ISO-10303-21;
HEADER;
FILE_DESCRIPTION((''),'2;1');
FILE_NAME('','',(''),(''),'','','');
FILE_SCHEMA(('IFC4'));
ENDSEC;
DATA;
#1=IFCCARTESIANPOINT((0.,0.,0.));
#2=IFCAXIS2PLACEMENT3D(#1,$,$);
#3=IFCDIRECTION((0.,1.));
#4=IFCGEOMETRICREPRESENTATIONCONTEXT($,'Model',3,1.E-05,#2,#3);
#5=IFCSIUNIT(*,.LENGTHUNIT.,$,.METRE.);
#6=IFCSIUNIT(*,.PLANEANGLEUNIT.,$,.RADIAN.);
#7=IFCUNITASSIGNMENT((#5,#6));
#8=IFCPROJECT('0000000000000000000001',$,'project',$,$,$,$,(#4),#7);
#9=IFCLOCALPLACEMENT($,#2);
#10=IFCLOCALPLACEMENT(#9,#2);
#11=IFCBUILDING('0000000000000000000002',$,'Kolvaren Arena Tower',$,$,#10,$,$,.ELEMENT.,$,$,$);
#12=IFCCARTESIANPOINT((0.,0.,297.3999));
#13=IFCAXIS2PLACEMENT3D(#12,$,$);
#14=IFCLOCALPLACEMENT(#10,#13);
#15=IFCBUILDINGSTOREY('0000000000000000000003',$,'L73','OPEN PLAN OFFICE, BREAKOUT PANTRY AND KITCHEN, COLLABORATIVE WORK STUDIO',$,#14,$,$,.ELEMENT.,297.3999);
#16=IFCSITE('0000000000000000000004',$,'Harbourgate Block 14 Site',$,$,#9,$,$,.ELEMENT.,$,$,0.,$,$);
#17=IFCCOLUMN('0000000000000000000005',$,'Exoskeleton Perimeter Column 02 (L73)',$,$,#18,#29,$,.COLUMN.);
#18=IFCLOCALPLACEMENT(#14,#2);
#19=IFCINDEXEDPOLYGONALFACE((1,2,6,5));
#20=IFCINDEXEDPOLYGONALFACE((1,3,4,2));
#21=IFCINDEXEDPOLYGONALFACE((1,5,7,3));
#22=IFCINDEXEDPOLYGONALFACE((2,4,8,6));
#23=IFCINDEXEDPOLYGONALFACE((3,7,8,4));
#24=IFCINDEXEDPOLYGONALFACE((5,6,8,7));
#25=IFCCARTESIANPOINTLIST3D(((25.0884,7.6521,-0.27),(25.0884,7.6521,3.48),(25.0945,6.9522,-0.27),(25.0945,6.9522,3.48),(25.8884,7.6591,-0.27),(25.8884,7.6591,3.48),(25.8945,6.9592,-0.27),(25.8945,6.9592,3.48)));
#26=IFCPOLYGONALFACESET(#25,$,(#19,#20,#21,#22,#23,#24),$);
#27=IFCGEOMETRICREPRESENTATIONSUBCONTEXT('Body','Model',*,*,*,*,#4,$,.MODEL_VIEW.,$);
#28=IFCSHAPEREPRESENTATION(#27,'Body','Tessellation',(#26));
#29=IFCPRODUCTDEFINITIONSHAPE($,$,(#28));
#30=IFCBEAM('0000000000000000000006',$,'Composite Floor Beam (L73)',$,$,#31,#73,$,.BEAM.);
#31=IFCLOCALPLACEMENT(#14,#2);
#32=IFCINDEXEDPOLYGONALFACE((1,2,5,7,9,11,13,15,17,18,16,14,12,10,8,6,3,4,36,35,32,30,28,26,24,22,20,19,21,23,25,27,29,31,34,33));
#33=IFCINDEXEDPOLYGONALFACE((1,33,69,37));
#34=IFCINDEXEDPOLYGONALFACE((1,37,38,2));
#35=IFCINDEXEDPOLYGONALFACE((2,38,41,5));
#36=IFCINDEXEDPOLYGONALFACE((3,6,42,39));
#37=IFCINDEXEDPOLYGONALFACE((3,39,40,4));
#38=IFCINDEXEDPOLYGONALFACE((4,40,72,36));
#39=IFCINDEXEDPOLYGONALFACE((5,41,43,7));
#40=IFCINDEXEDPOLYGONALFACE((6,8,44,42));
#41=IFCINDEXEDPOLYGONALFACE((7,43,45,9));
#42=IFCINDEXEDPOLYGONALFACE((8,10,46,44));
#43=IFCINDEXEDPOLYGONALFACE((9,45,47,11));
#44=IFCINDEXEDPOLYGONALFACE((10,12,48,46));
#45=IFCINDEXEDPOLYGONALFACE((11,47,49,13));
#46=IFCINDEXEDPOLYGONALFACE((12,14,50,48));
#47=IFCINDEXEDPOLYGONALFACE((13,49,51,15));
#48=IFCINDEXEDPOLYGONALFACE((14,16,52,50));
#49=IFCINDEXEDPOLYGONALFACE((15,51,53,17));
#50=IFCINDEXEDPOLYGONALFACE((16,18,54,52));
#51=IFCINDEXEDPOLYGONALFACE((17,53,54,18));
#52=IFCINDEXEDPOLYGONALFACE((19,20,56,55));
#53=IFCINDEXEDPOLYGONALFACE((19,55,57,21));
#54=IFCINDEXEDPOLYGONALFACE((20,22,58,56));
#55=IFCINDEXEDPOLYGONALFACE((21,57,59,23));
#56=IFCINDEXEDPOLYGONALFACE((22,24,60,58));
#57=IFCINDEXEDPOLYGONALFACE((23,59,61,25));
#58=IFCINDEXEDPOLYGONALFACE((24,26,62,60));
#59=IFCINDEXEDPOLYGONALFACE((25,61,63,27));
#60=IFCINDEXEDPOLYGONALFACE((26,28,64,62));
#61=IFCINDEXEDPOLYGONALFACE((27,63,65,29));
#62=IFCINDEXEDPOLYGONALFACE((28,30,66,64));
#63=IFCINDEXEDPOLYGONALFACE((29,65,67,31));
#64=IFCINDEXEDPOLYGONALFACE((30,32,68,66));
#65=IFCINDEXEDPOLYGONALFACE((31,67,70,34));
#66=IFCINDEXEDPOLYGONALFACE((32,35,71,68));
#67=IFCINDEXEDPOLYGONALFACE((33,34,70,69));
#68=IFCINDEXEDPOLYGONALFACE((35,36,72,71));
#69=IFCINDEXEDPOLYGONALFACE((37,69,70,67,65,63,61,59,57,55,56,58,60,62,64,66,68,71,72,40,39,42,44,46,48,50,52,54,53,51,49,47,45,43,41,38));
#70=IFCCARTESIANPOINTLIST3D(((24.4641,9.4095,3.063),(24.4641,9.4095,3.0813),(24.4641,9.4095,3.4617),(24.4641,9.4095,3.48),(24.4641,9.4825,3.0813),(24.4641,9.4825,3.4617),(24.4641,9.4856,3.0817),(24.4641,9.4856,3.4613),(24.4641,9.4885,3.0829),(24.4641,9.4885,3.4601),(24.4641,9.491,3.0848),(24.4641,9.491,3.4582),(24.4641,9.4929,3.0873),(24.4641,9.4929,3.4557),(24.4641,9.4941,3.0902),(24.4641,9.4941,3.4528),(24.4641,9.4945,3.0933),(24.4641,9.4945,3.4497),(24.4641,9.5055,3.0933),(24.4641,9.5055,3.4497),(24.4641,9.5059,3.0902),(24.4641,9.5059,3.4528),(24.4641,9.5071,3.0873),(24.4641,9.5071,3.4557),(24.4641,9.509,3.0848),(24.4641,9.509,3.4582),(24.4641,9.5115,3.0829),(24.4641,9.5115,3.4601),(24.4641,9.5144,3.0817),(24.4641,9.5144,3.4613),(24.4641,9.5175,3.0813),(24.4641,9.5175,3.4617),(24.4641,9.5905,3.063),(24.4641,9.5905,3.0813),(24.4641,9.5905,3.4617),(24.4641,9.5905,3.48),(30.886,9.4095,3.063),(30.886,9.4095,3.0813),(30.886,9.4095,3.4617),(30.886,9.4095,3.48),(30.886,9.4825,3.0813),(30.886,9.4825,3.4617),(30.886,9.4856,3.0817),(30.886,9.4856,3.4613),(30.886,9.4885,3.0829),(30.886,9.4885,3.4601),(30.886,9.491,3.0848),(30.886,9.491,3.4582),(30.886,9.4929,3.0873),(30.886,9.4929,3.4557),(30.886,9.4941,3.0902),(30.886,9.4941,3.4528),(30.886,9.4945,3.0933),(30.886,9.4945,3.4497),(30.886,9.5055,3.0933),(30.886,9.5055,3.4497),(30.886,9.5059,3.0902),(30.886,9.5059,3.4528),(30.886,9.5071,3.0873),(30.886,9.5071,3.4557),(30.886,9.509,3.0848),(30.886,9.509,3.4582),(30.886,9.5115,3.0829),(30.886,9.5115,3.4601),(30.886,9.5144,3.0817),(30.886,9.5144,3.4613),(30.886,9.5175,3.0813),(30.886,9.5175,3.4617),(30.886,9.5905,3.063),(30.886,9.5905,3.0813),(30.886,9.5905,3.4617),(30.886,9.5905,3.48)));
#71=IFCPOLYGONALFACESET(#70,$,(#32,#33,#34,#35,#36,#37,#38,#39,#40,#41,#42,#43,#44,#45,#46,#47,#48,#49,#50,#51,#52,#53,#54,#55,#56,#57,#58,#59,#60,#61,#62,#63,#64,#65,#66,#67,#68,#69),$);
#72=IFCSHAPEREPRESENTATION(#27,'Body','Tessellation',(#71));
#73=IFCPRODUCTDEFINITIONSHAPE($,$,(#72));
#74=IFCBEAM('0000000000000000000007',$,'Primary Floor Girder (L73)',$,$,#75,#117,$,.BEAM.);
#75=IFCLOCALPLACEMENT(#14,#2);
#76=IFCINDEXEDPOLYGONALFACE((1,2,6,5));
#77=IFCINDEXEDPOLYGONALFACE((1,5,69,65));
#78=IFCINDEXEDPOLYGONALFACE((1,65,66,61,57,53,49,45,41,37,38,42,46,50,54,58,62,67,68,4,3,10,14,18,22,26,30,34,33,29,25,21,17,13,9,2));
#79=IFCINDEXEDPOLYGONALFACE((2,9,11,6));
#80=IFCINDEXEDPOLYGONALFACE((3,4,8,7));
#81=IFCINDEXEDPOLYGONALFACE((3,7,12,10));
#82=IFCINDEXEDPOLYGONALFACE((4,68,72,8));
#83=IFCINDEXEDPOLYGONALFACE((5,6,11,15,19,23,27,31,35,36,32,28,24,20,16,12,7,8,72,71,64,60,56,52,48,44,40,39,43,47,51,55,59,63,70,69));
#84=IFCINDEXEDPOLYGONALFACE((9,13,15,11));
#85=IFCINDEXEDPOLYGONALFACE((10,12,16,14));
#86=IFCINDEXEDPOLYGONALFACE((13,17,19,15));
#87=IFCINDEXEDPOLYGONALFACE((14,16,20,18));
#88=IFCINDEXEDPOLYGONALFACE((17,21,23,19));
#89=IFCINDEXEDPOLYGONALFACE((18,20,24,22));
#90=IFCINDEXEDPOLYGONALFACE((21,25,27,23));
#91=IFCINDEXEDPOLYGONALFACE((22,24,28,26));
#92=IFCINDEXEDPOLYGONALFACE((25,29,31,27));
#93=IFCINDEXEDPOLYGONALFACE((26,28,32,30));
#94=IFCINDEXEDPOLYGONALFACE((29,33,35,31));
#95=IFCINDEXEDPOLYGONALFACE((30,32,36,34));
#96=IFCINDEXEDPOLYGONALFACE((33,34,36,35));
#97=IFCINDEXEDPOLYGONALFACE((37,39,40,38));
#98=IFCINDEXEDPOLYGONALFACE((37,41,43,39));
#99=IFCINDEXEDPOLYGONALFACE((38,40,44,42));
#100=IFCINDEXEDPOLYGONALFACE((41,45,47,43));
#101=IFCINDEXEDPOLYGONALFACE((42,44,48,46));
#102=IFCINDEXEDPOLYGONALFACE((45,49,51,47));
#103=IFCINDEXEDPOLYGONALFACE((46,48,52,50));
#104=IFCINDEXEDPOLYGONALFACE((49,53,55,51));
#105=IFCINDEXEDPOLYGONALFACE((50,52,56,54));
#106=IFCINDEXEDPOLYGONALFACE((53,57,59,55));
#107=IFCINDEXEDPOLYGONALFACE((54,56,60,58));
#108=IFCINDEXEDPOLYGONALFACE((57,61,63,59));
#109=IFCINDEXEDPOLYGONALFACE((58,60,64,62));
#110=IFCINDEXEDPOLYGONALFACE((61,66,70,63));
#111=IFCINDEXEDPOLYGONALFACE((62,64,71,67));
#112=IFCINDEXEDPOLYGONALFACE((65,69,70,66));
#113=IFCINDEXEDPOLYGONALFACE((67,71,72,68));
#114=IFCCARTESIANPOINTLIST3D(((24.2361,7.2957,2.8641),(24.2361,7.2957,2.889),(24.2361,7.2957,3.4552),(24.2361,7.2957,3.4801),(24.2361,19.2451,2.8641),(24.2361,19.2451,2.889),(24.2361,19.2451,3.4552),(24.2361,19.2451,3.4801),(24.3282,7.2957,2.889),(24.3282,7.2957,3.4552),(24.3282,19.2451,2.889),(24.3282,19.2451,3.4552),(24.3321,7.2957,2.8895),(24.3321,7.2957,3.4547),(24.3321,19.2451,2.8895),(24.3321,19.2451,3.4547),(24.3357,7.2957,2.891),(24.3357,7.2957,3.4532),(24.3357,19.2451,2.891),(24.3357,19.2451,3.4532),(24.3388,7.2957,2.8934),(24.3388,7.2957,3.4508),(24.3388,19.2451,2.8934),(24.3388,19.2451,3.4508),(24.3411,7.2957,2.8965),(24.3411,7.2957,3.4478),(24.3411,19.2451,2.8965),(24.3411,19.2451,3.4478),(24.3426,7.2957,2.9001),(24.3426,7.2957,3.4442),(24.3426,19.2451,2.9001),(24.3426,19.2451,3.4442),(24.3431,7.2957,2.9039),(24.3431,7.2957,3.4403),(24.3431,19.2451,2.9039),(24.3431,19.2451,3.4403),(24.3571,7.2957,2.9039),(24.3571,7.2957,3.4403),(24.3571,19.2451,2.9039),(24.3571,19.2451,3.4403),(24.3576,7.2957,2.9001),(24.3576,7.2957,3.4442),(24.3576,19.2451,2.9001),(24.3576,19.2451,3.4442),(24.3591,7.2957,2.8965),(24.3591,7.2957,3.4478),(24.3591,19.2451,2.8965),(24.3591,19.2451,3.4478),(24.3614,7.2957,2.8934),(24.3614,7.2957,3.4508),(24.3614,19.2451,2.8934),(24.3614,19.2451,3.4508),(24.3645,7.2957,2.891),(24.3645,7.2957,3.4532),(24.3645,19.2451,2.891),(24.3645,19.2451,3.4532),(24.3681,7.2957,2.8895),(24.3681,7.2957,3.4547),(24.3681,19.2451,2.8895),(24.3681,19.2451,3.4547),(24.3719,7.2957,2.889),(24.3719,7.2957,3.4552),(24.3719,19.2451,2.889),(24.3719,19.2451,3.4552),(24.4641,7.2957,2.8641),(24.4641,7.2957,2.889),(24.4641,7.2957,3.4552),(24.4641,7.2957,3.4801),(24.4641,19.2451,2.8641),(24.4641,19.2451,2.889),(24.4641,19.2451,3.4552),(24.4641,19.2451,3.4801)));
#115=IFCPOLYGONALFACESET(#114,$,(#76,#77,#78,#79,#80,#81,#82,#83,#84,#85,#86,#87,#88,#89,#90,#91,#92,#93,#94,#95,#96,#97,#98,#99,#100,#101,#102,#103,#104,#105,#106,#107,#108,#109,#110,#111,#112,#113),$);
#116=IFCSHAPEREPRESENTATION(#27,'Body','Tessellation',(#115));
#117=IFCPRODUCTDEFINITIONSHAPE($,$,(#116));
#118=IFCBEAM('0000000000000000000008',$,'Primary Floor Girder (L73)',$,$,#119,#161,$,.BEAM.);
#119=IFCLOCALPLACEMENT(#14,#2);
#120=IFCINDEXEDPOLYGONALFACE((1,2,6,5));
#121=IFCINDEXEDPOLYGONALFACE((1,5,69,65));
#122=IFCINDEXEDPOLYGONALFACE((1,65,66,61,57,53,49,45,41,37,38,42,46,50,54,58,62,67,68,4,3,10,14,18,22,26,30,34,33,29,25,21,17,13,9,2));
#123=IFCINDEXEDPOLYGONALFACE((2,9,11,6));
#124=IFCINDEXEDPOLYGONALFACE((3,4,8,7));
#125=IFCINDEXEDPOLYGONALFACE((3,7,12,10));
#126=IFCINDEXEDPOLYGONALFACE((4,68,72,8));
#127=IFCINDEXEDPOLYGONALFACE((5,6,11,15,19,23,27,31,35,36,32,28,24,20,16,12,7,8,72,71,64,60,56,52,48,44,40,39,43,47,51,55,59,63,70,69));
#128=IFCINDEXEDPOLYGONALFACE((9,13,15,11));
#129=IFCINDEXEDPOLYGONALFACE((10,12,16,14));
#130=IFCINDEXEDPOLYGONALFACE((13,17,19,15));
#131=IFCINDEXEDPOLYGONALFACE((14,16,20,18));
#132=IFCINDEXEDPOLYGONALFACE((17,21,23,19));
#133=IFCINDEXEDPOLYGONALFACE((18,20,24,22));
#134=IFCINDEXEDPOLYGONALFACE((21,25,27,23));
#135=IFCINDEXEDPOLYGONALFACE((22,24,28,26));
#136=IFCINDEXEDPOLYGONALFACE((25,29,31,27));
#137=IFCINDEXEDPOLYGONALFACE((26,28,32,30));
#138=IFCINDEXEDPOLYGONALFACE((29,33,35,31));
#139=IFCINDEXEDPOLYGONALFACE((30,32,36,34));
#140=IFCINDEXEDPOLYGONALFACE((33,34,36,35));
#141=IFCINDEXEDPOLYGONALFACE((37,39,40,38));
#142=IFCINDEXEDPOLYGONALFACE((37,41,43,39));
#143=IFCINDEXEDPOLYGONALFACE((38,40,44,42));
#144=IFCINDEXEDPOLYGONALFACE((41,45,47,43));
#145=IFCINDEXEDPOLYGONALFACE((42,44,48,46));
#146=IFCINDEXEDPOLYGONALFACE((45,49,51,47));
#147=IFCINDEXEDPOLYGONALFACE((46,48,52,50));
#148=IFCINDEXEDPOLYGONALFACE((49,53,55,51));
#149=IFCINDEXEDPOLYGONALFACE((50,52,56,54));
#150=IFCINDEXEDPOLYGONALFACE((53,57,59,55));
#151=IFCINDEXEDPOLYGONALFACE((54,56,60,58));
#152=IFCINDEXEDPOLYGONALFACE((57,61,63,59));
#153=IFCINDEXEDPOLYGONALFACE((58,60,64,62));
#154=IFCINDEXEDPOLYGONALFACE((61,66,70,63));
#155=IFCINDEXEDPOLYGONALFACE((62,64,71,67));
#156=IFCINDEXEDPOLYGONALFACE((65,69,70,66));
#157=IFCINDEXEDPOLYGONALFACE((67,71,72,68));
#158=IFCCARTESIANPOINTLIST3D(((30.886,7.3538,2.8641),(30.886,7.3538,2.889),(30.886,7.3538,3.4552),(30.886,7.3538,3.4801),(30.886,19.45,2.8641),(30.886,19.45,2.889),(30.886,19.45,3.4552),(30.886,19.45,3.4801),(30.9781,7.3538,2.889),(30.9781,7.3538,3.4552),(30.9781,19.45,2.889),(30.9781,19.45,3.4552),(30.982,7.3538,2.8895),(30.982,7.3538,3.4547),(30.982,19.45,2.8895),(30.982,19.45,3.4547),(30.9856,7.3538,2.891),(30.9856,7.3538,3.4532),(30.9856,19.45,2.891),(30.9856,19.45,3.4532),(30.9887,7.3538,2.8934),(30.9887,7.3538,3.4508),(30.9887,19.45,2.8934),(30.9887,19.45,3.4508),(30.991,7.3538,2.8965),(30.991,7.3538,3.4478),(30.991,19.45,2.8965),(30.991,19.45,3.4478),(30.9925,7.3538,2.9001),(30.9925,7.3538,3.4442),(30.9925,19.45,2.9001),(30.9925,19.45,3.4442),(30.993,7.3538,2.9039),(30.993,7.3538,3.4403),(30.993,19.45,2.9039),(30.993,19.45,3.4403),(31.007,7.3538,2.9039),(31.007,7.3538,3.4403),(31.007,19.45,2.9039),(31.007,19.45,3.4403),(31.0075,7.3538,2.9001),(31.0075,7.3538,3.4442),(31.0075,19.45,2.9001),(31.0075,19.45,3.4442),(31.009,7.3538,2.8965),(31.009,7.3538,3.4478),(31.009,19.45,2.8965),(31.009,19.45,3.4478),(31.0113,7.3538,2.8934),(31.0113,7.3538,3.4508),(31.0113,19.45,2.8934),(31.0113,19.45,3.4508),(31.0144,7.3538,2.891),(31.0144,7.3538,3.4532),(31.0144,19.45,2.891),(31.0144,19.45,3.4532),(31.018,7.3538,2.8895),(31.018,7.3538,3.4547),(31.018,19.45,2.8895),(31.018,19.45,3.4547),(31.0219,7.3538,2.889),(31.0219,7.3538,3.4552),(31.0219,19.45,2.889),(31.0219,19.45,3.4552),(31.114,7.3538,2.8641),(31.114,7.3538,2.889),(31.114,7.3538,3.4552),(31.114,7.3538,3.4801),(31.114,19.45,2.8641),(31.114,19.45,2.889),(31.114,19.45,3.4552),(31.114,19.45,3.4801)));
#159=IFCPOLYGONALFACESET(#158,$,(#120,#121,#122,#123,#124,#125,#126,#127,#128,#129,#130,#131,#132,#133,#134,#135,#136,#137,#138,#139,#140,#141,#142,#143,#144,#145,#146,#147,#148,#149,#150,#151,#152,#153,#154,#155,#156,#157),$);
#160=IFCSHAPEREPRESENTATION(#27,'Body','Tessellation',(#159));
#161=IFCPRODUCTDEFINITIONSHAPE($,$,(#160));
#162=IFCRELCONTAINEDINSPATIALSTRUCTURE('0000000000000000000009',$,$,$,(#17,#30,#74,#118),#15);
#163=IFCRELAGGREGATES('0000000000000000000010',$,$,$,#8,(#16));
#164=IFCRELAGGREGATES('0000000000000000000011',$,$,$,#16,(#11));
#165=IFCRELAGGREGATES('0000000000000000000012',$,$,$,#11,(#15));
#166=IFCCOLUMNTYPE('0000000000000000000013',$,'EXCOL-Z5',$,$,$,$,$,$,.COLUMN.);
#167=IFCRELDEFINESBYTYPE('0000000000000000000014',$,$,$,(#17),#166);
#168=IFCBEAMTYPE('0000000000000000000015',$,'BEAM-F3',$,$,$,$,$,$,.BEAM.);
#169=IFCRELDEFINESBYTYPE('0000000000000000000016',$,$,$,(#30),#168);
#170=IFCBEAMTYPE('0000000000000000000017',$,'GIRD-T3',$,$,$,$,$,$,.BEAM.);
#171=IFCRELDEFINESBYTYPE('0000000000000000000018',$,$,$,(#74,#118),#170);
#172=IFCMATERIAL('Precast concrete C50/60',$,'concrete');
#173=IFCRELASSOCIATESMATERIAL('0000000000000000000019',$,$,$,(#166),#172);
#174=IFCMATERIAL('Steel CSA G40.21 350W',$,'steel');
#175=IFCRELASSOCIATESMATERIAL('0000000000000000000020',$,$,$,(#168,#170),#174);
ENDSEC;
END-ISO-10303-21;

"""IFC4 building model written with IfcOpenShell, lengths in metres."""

from ifc_helpers import new_model, si_unit, direction, frame, origin, origin_2d, place, context, subcontext, project, spatial, rectangle, i_section, extrude, material, material_profile, profile_set, type_object, element, save


model = new_model("IFC4")

# Units and contexts
model_context = context("Model", 3, precision=1e-05, world=origin(), true_north=direction((0.0, 1.0)))
body_context = subcontext(model_context, "Body", "Model", "MODEL_VIEW")
ifc_project = project(units=[si_unit("LENGTHUNIT", "METRE"), si_unit("PLANEANGLEUNIT", "RADIAN")], contexts=[model_context])

# Site, building, storey
site_placement = place(None, origin())
site = spatial("IfcSite", under=ifc_project, at=site_placement, Name="Harbourgate Block 14 Site", CompositionType="ELEMENT", RefElevation=0.0)
building_placement = place(site_placement, origin())
building = spatial("IfcBuilding", under=site, at=building_placement, Name="Kolvaren Arena Tower", CompositionType="ELEMENT")
storey_placement = place(building_placement, frame((0.0, 0.0, 297.3999)))
storey = spatial("IfcBuildingStorey", under=building, at=storey_placement, Name="L73", Description="OPEN PLAN OFFICE, BREAKOUT PANTRY AND KITCHEN, COLLABORATIVE WORK STUDIO", CompositionType="ELEMENT", Elevation=297.3999)

# Column
ifc_material_1 = material(Name="Precast concrete C50/60", Category="concrete")
ifc_material_profile_1 = material_profile(ifc_material_1, rectangle(XDim=0.8, YDim=0.7, at=origin_2d()), Name="RC-800x700")
ifc_profile_set_1 = profile_set([ifc_material_profile_1], Name="Precast concrete C50/60")
column_type = type_object("IfcColumnType", Name="EXCOL-Z5", PredefinedType="COLUMN", material=ifc_profile_set_1)
column_placement = place(storey_placement, frame((25.4915, 7.3057, -0.27), z_axis=(0.0, 0.0, 1.0), x_axis=(0.999962, 0.008727, 0.0)))
element("IfcColumn", 1, at=column_placement, inside=storey, type_object=column_type, Name="Exoskeleton Perimeter Column 02 (L73)", PredefinedType="COLUMN", context=body_context, shape_type="SweptSolid", body=[
    extrude(rectangle(XDim=0.8, YDim=0.7, at=origin_2d()), origin(), (0.0, 0.0, 1.0), 3.75),
])

# Beams
ifc_material_2 = material(Name="Steel CSA G40.21 350W", Category="steel")
ifc_material_profile_2 = material_profile(ifc_material_2, i_section(OverallWidth=0.1809, OverallDepth=0.417, WebThickness=0.011, FlangeThickness=0.0183, FilletRadius=0.012, at=origin_2d()), Name="W410x85")
ifc_profile_set_2 = profile_set([ifc_material_profile_2], Name="Steel CSA G40.21 350W")
beam_type_1 = type_object("IfcBeamType", Name="BEAM-F3", PredefinedType="BEAM", material=ifc_profile_set_2)
beam_1_placement = place(storey_placement, frame((24.4641, 9.5, 3.2715), z_axis=(1.0, 0.0, 0.0), x_axis=(0.0, 1.0, 0.0)))
element("IfcBeam", 2, at=beam_1_placement, inside=storey, type_object=beam_type_1, Name="Composite Floor Beam (L73)", PredefinedType="BEAM", context=body_context, shape_type="SweptSolid", body=[
    extrude(i_section(OverallWidth=0.1809, OverallDepth=0.417, WebThickness=0.011, FlangeThickness=0.0183, FilletRadius=0.012, at=origin_2d()), origin(), (0.0, 0.0, 1.0), 6.4219),
])
ifc_material_profile_3 = material_profile(ifc_material_2, i_section(OverallWidth=0.228, OverallDepth=0.616, WebThickness=0.0139, FlangeThickness=0.0249, FilletRadius=0.0149, at=origin_2d()), Name="W610x174")
ifc_profile_set_3 = profile_set([ifc_material_profile_3], Name="Steel CSA G40.21 350W")
beam_type_2 = type_object("IfcBeamType", Name="GIRD-T3", PredefinedType="BEAM", material=ifc_profile_set_3)
beam_2_placement = place(storey_placement, frame((24.3501, 7.2957, 3.1721), z_axis=(0.0, 1.0, 0.0), x_axis=(-1.0, 0.0, 0.0)))
element("IfcBeam", 3, at=beam_2_placement, inside=storey, type_object=beam_type_2, Name="Primary Floor Girder (L73)", PredefinedType="BEAM", context=body_context, shape_type="SweptSolid", body=[
    extrude(i_section(OverallWidth=0.228, OverallDepth=0.616, WebThickness=0.0139, FlangeThickness=0.0249, FilletRadius=0.0149, at=origin_2d()), origin(), (0.0, 0.0, 1.0), 11.9495),
])
beam_3_placement = place(storey_placement, frame((31.0, 7.3538, 3.1721), z_axis=(0.0, 1.0, 0.0), x_axis=(-1.0, 0.0, 0.0)))
element("IfcBeam", 4, at=beam_3_placement, inside=storey, type_object=beam_type_2, Name="Primary Floor Girder (L73)", PredefinedType="BEAM", context=body_context, shape_type="SweptSolid", body=[
    extrude(i_section(OverallWidth=0.228, OverallDepth=0.616, WebThickness=0.0139, FlangeThickness=0.0249, FilletRadius=0.0149, at=origin_2d()), origin(), (0.0, 0.0, 1.0), 12.0962),
])

save(model, "model.ifc")
